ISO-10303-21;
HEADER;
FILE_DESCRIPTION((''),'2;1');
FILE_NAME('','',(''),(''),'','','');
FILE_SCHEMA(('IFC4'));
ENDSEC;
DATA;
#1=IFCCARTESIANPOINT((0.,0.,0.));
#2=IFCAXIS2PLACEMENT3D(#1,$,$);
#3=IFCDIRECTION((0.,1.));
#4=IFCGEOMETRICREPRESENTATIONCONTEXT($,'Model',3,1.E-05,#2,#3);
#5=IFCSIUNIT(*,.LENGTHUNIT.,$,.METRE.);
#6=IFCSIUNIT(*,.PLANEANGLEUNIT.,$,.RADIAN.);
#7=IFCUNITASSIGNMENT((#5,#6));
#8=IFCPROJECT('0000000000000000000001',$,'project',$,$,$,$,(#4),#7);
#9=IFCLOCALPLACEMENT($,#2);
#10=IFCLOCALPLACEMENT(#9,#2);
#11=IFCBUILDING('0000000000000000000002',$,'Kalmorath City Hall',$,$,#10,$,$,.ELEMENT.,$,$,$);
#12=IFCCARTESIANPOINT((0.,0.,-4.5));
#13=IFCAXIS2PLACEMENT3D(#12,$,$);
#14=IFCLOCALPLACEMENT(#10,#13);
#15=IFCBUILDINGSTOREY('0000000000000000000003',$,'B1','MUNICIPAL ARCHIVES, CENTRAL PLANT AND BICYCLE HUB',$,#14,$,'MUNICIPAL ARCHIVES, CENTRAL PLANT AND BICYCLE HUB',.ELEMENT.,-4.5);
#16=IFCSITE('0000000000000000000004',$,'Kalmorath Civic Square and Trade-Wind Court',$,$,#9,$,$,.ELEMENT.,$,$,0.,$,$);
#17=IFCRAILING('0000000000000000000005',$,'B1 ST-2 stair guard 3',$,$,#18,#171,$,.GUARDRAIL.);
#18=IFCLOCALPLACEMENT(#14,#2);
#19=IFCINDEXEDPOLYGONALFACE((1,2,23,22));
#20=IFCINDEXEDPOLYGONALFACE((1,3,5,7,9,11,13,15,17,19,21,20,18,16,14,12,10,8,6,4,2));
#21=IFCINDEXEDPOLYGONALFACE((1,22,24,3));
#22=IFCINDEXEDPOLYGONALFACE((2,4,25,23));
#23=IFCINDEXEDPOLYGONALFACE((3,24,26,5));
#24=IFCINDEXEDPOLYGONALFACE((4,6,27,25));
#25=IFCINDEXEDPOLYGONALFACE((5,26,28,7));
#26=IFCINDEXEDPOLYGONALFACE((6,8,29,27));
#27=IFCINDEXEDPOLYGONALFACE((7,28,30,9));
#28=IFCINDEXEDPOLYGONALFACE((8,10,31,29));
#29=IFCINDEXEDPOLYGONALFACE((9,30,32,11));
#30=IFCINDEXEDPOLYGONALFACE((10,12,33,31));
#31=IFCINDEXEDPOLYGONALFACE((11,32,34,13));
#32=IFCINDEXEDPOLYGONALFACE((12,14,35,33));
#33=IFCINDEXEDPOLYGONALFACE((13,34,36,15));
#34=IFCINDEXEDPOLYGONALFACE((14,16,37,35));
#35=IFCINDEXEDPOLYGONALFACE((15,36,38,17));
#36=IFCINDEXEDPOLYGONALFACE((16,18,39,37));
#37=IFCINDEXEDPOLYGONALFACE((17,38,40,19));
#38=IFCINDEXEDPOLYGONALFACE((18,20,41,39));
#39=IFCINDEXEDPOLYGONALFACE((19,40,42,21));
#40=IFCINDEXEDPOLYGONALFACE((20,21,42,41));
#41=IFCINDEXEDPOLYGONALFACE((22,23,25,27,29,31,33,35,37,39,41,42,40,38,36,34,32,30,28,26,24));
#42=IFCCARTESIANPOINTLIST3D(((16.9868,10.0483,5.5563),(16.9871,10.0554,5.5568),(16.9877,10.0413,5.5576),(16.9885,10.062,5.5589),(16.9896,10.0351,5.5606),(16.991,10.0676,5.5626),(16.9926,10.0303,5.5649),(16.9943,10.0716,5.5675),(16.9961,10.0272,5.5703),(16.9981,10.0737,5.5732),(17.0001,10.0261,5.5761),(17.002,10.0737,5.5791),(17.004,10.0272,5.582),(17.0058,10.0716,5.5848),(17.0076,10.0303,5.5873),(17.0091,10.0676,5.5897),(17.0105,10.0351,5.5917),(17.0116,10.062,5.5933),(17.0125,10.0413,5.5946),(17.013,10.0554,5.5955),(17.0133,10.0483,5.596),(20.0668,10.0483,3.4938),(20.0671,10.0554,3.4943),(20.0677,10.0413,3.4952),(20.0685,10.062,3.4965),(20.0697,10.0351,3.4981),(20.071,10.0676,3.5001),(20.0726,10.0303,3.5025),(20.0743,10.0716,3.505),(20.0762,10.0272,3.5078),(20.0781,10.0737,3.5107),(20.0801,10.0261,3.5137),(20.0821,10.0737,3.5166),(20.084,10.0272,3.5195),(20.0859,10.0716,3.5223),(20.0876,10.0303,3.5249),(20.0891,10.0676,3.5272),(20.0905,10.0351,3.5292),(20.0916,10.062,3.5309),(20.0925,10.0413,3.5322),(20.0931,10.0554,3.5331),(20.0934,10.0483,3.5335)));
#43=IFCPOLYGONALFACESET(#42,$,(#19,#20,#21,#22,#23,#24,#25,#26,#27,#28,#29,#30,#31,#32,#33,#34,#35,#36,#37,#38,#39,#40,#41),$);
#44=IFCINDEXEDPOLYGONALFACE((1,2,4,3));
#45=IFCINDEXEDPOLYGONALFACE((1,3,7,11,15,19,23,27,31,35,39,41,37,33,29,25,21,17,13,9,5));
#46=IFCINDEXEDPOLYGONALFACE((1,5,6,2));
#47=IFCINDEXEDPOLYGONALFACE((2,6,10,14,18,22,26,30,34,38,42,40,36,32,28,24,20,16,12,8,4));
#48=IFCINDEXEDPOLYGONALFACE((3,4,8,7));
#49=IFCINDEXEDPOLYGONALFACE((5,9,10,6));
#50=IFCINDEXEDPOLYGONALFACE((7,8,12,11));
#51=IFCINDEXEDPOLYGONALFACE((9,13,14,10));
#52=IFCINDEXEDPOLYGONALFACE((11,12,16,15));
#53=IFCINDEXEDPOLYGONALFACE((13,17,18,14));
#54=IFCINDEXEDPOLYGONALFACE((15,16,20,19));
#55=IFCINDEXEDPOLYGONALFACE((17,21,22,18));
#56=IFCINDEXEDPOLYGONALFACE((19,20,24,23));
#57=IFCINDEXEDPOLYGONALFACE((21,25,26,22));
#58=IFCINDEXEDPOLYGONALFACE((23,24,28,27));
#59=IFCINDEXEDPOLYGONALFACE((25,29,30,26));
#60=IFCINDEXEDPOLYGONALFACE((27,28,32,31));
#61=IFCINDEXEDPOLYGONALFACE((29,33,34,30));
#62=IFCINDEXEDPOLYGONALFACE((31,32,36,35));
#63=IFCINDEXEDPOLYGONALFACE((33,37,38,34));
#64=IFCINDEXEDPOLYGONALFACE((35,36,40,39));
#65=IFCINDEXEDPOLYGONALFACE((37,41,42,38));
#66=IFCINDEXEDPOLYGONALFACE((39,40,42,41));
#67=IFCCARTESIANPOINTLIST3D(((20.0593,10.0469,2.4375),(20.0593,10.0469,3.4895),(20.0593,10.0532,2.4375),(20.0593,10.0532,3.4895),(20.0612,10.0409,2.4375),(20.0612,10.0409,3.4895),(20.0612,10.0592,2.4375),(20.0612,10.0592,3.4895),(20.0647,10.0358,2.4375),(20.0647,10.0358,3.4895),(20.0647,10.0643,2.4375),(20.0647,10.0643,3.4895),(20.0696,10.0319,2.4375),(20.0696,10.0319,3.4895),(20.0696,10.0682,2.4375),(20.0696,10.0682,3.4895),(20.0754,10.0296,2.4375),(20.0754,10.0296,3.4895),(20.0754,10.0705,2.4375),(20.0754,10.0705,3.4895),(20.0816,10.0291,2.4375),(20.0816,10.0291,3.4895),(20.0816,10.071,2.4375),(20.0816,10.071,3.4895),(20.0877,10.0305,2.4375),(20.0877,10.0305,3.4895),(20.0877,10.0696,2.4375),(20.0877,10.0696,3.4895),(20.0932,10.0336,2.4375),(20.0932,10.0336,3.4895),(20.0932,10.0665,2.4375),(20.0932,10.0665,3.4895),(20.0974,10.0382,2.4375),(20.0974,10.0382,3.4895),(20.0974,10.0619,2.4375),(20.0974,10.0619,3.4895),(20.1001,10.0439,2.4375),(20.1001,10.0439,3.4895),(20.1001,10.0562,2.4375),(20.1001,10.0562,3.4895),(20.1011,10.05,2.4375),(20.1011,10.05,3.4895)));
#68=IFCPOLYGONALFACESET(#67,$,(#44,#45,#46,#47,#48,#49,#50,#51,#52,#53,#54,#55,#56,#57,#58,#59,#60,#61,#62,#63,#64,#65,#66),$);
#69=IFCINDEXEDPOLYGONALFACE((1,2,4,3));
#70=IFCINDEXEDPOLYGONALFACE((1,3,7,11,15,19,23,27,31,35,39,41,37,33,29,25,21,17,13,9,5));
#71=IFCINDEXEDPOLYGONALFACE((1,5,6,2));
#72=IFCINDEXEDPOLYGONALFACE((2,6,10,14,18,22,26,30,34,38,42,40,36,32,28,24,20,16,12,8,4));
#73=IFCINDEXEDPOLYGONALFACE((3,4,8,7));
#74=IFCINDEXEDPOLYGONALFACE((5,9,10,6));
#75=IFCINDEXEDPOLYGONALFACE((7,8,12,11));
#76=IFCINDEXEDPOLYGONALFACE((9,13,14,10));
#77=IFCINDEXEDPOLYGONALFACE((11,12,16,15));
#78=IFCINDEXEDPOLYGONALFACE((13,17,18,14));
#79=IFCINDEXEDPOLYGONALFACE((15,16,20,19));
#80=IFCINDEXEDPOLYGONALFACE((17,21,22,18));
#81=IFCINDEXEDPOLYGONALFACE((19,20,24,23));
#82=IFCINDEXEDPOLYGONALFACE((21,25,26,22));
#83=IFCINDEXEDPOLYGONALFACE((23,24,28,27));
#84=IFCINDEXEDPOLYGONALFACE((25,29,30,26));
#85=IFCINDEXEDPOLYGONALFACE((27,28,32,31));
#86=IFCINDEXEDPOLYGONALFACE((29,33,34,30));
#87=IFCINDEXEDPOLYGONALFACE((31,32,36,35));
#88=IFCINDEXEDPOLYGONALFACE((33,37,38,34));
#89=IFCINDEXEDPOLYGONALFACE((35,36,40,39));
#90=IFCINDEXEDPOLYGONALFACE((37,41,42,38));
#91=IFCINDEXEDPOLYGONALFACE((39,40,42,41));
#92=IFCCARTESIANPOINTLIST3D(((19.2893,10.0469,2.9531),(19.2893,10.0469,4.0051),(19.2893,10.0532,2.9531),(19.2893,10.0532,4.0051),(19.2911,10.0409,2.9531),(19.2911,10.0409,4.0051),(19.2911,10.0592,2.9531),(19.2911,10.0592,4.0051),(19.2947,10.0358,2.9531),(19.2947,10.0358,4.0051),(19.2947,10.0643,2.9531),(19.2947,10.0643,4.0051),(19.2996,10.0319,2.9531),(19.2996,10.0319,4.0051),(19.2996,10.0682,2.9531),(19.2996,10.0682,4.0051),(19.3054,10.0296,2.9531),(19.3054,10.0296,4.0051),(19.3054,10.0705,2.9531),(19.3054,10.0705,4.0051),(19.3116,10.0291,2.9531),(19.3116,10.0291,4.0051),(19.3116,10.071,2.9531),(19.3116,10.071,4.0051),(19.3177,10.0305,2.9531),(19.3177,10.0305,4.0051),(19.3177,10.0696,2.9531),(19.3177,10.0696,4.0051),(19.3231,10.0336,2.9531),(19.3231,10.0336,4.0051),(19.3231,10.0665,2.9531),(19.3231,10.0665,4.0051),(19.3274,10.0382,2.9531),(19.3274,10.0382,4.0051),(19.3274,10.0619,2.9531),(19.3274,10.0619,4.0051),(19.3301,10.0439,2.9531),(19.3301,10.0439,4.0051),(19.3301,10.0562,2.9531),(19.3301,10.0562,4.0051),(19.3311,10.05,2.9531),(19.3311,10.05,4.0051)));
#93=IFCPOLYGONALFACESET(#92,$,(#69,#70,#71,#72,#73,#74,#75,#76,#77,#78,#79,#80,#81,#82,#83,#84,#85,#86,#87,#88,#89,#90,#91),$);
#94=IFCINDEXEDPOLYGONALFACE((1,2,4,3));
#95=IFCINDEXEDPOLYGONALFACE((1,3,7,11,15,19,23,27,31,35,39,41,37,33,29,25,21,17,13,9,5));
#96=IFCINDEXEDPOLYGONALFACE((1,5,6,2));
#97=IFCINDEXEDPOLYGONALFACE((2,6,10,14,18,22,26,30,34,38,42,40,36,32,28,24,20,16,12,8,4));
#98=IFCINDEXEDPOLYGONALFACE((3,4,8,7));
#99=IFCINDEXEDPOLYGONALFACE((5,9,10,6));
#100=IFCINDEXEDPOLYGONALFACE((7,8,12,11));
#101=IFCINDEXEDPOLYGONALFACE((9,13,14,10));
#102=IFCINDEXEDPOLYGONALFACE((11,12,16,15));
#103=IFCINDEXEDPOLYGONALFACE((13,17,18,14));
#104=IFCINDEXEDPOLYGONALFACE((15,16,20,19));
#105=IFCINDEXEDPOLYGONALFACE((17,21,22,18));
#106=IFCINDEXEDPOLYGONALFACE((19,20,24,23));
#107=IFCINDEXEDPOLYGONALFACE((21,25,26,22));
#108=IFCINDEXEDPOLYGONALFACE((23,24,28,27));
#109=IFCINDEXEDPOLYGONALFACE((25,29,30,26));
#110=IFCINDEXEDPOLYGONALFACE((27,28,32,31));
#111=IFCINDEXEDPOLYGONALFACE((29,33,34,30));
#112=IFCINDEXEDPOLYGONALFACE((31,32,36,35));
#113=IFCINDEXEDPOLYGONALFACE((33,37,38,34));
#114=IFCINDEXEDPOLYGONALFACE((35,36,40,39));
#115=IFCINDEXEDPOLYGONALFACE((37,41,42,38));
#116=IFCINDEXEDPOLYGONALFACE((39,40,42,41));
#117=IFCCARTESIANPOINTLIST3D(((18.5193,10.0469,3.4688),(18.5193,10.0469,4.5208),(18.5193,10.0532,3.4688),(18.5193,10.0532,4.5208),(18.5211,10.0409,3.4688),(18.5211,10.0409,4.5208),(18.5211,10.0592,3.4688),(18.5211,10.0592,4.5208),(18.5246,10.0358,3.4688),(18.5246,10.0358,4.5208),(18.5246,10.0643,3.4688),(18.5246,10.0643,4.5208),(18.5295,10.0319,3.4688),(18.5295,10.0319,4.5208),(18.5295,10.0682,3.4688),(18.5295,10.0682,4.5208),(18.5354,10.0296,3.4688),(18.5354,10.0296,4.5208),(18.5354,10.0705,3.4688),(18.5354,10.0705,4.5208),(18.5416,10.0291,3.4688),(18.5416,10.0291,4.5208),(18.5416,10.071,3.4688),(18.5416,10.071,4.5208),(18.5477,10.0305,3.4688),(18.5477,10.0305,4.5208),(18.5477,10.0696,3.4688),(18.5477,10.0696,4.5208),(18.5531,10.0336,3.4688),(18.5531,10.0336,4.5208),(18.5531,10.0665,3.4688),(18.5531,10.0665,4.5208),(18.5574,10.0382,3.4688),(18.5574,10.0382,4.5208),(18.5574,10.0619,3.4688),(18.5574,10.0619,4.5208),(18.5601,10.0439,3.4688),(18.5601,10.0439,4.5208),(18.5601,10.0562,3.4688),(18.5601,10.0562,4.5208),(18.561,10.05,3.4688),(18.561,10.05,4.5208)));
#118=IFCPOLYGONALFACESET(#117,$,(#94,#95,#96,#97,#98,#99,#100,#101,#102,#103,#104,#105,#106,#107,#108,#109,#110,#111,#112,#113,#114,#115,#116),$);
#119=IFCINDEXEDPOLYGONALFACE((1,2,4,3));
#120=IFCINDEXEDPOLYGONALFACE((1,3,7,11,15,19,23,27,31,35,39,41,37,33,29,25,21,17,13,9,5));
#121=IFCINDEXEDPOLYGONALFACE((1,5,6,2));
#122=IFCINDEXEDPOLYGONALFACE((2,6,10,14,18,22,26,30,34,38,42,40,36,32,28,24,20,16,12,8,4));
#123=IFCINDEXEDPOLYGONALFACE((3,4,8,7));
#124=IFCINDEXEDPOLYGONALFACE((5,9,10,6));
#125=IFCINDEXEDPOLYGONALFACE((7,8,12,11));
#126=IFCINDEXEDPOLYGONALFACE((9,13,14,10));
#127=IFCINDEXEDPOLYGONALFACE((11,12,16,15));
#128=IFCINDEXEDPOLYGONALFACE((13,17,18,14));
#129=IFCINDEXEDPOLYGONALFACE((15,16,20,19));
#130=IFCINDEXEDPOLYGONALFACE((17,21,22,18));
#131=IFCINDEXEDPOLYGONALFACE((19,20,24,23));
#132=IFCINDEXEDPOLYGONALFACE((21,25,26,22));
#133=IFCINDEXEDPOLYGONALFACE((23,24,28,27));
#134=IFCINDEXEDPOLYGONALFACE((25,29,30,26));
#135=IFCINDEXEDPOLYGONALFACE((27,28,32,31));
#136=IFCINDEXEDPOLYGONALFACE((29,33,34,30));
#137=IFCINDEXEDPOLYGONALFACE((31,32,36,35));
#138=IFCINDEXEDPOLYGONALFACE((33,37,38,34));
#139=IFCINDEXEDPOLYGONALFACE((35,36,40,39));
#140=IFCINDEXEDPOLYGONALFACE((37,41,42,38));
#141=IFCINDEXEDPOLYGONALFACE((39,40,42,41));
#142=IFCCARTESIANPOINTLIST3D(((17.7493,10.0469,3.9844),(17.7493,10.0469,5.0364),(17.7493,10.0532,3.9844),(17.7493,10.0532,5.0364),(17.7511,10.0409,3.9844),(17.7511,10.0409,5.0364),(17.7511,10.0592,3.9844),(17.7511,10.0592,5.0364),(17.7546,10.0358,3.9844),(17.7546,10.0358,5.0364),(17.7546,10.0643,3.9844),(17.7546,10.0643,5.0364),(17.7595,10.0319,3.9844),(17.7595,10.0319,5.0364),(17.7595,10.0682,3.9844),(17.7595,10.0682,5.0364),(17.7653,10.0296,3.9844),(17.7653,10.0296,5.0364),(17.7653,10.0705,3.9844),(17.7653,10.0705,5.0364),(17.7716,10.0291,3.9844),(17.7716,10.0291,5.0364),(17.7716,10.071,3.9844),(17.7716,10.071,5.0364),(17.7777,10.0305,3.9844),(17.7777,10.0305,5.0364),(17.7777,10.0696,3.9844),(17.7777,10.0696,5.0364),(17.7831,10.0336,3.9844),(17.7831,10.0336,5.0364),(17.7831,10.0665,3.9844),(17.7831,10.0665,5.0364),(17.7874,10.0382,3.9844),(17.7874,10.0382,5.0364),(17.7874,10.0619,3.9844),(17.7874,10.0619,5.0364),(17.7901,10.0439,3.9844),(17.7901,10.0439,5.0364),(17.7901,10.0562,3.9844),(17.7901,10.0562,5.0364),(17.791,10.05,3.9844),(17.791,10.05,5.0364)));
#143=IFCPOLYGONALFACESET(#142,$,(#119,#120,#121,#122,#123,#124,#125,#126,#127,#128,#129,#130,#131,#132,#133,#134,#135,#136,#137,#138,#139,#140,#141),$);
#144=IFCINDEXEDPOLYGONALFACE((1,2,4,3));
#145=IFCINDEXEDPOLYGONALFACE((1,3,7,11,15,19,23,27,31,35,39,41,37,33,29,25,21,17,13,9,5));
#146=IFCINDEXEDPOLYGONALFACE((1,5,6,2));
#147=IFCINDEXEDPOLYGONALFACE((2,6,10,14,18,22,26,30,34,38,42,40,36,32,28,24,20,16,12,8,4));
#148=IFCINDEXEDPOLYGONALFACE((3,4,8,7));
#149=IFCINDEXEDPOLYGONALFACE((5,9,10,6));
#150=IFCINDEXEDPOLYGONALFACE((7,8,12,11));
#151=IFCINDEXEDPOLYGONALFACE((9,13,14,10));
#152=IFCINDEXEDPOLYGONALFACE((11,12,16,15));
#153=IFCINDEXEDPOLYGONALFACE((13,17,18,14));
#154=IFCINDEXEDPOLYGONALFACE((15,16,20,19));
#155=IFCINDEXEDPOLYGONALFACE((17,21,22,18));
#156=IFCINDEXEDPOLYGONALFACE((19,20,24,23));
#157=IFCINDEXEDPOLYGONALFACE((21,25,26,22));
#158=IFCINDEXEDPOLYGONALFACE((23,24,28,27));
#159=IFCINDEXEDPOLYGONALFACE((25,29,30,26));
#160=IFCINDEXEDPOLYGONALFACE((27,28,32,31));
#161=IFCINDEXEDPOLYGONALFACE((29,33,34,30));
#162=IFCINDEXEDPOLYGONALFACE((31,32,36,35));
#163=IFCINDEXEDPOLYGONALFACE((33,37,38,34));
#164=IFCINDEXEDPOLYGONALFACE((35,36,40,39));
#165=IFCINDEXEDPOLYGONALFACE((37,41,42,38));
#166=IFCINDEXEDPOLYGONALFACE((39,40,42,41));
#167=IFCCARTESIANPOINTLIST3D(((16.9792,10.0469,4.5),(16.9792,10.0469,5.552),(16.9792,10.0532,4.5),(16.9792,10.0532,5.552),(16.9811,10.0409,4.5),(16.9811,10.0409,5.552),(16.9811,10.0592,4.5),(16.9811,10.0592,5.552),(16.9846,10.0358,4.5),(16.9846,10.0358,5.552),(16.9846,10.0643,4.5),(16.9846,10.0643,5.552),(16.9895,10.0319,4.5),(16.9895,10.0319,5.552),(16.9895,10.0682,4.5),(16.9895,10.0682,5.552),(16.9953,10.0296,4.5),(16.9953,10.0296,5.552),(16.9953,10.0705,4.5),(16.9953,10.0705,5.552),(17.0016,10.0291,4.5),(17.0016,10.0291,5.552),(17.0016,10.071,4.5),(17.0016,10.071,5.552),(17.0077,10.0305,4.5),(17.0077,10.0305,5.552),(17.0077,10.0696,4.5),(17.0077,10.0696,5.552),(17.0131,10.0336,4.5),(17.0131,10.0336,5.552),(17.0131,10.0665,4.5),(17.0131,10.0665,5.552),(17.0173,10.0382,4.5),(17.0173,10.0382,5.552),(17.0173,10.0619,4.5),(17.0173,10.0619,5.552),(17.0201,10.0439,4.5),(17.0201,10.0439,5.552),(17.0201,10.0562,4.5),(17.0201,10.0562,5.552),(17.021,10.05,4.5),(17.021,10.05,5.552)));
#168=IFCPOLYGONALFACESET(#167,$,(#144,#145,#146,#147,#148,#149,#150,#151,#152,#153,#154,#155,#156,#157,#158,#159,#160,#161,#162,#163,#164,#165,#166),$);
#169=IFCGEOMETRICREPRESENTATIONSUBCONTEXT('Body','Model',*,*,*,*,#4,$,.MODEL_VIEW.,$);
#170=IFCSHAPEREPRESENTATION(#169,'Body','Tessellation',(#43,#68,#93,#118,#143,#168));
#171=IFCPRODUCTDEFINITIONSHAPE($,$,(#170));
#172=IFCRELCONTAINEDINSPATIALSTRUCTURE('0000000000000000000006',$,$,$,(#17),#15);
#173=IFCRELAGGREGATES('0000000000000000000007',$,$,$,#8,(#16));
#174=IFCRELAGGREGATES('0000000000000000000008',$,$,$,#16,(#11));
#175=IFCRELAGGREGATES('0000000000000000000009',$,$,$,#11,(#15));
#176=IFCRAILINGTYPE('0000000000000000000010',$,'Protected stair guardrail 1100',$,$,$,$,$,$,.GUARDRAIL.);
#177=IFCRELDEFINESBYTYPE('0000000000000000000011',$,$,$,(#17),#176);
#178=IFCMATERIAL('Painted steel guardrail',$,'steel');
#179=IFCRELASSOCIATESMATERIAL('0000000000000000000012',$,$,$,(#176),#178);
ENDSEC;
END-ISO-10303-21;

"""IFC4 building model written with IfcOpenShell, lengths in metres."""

from ifc_helpers import new_model, si_unit, direction, frame, origin, origin_2d, place, context, subcontext, project, spatial, circle, extrude, material, type_object, element, save


model = new_model("IFC4")

# Units and contexts
model_context = context("Model", 3, precision=1e-05, world=origin(), true_north=direction((0.0, 1.0)))
body_context = subcontext(model_context, "Body", "Model", "MODEL_VIEW")
ifc_project = project(units=[si_unit("LENGTHUNIT", "METRE"), si_unit("PLANEANGLEUNIT", "RADIAN")], contexts=[model_context])

# Site, building, storey
site_placement = place(None, origin())
site = spatial("IfcSite", under=ifc_project, at=site_placement, Name="Kalmorath Civic Square and Trade-Wind Court", CompositionType="ELEMENT", RefElevation=0.0)
building_placement = place(site_placement, origin())
building = spatial("IfcBuilding", under=site, at=building_placement, Name="Kalmorath City Hall", CompositionType="ELEMENT")
storey_placement = place(building_placement, frame((0.0, 0.0, -4.5)))
storey = spatial("IfcBuildingStorey", under=building, at=storey_placement, Name="B1", Description="MUNICIPAL ARCHIVES, CENTRAL PLANT AND BICYCLE HUB", LongName="MUNICIPAL ARCHIVES, CENTRAL PLANT AND BICYCLE HUB", CompositionType="ELEMENT", Elevation=-4.5)

# Railing
ifc_material_1 = material(Name="Painted steel guardrail", Category="steel")
railing_type_1 = type_object("IfcRailingType", Name="Protected stair guardrail 1100", PredefinedType="GUARDRAIL", material=ifc_material_1)
railing_1_placement = place(storey_placement, frame((20.0801, 10.05, 2.4375)))
element("IfcRailing", 1, at=railing_1_placement, inside=storey, type_object=railing_type_1, Name="B1 ST-2 stair guard 3", PredefinedType="GUARDRAIL", context=body_context, shape_type="SweptSolid", body=[
    extrude(circle(Radius=0.0239, at=origin_2d()), frame((0.0, 0.0, 1.0762), z_axis=(-0.830914, 0.0, 0.556401), x_axis=(0.0, -1.0, 0.0)), (0.0, 0.0, 1.0), 3.7068),
    extrude(circle(Radius=0.021, at=origin_2d()), origin(), (0.0, 0.0, 1.0), 1.052),
    extrude(circle(Radius=0.021, at=origin_2d()), frame((-0.77, 0.0, 0.5156)), (0.0, 0.0, 1.0), 1.052),
    extrude(circle(Radius=0.021, at=origin_2d()), frame((-1.54, 0.0, 1.0312)), (0.0, 0.0, 1.0), 1.052),
    extrude(circle(Radius=0.021, at=origin_2d()), frame((-2.3101, 0.0, 1.5469)), (0.0, 0.0, 1.0), 1.052),
    extrude(circle(Radius=0.021, at=origin_2d()), frame((-3.0801, 0.0, 2.0625)), (0.0, 0.0, 1.0), 1.052),
])

save(model, "model.ifc")
